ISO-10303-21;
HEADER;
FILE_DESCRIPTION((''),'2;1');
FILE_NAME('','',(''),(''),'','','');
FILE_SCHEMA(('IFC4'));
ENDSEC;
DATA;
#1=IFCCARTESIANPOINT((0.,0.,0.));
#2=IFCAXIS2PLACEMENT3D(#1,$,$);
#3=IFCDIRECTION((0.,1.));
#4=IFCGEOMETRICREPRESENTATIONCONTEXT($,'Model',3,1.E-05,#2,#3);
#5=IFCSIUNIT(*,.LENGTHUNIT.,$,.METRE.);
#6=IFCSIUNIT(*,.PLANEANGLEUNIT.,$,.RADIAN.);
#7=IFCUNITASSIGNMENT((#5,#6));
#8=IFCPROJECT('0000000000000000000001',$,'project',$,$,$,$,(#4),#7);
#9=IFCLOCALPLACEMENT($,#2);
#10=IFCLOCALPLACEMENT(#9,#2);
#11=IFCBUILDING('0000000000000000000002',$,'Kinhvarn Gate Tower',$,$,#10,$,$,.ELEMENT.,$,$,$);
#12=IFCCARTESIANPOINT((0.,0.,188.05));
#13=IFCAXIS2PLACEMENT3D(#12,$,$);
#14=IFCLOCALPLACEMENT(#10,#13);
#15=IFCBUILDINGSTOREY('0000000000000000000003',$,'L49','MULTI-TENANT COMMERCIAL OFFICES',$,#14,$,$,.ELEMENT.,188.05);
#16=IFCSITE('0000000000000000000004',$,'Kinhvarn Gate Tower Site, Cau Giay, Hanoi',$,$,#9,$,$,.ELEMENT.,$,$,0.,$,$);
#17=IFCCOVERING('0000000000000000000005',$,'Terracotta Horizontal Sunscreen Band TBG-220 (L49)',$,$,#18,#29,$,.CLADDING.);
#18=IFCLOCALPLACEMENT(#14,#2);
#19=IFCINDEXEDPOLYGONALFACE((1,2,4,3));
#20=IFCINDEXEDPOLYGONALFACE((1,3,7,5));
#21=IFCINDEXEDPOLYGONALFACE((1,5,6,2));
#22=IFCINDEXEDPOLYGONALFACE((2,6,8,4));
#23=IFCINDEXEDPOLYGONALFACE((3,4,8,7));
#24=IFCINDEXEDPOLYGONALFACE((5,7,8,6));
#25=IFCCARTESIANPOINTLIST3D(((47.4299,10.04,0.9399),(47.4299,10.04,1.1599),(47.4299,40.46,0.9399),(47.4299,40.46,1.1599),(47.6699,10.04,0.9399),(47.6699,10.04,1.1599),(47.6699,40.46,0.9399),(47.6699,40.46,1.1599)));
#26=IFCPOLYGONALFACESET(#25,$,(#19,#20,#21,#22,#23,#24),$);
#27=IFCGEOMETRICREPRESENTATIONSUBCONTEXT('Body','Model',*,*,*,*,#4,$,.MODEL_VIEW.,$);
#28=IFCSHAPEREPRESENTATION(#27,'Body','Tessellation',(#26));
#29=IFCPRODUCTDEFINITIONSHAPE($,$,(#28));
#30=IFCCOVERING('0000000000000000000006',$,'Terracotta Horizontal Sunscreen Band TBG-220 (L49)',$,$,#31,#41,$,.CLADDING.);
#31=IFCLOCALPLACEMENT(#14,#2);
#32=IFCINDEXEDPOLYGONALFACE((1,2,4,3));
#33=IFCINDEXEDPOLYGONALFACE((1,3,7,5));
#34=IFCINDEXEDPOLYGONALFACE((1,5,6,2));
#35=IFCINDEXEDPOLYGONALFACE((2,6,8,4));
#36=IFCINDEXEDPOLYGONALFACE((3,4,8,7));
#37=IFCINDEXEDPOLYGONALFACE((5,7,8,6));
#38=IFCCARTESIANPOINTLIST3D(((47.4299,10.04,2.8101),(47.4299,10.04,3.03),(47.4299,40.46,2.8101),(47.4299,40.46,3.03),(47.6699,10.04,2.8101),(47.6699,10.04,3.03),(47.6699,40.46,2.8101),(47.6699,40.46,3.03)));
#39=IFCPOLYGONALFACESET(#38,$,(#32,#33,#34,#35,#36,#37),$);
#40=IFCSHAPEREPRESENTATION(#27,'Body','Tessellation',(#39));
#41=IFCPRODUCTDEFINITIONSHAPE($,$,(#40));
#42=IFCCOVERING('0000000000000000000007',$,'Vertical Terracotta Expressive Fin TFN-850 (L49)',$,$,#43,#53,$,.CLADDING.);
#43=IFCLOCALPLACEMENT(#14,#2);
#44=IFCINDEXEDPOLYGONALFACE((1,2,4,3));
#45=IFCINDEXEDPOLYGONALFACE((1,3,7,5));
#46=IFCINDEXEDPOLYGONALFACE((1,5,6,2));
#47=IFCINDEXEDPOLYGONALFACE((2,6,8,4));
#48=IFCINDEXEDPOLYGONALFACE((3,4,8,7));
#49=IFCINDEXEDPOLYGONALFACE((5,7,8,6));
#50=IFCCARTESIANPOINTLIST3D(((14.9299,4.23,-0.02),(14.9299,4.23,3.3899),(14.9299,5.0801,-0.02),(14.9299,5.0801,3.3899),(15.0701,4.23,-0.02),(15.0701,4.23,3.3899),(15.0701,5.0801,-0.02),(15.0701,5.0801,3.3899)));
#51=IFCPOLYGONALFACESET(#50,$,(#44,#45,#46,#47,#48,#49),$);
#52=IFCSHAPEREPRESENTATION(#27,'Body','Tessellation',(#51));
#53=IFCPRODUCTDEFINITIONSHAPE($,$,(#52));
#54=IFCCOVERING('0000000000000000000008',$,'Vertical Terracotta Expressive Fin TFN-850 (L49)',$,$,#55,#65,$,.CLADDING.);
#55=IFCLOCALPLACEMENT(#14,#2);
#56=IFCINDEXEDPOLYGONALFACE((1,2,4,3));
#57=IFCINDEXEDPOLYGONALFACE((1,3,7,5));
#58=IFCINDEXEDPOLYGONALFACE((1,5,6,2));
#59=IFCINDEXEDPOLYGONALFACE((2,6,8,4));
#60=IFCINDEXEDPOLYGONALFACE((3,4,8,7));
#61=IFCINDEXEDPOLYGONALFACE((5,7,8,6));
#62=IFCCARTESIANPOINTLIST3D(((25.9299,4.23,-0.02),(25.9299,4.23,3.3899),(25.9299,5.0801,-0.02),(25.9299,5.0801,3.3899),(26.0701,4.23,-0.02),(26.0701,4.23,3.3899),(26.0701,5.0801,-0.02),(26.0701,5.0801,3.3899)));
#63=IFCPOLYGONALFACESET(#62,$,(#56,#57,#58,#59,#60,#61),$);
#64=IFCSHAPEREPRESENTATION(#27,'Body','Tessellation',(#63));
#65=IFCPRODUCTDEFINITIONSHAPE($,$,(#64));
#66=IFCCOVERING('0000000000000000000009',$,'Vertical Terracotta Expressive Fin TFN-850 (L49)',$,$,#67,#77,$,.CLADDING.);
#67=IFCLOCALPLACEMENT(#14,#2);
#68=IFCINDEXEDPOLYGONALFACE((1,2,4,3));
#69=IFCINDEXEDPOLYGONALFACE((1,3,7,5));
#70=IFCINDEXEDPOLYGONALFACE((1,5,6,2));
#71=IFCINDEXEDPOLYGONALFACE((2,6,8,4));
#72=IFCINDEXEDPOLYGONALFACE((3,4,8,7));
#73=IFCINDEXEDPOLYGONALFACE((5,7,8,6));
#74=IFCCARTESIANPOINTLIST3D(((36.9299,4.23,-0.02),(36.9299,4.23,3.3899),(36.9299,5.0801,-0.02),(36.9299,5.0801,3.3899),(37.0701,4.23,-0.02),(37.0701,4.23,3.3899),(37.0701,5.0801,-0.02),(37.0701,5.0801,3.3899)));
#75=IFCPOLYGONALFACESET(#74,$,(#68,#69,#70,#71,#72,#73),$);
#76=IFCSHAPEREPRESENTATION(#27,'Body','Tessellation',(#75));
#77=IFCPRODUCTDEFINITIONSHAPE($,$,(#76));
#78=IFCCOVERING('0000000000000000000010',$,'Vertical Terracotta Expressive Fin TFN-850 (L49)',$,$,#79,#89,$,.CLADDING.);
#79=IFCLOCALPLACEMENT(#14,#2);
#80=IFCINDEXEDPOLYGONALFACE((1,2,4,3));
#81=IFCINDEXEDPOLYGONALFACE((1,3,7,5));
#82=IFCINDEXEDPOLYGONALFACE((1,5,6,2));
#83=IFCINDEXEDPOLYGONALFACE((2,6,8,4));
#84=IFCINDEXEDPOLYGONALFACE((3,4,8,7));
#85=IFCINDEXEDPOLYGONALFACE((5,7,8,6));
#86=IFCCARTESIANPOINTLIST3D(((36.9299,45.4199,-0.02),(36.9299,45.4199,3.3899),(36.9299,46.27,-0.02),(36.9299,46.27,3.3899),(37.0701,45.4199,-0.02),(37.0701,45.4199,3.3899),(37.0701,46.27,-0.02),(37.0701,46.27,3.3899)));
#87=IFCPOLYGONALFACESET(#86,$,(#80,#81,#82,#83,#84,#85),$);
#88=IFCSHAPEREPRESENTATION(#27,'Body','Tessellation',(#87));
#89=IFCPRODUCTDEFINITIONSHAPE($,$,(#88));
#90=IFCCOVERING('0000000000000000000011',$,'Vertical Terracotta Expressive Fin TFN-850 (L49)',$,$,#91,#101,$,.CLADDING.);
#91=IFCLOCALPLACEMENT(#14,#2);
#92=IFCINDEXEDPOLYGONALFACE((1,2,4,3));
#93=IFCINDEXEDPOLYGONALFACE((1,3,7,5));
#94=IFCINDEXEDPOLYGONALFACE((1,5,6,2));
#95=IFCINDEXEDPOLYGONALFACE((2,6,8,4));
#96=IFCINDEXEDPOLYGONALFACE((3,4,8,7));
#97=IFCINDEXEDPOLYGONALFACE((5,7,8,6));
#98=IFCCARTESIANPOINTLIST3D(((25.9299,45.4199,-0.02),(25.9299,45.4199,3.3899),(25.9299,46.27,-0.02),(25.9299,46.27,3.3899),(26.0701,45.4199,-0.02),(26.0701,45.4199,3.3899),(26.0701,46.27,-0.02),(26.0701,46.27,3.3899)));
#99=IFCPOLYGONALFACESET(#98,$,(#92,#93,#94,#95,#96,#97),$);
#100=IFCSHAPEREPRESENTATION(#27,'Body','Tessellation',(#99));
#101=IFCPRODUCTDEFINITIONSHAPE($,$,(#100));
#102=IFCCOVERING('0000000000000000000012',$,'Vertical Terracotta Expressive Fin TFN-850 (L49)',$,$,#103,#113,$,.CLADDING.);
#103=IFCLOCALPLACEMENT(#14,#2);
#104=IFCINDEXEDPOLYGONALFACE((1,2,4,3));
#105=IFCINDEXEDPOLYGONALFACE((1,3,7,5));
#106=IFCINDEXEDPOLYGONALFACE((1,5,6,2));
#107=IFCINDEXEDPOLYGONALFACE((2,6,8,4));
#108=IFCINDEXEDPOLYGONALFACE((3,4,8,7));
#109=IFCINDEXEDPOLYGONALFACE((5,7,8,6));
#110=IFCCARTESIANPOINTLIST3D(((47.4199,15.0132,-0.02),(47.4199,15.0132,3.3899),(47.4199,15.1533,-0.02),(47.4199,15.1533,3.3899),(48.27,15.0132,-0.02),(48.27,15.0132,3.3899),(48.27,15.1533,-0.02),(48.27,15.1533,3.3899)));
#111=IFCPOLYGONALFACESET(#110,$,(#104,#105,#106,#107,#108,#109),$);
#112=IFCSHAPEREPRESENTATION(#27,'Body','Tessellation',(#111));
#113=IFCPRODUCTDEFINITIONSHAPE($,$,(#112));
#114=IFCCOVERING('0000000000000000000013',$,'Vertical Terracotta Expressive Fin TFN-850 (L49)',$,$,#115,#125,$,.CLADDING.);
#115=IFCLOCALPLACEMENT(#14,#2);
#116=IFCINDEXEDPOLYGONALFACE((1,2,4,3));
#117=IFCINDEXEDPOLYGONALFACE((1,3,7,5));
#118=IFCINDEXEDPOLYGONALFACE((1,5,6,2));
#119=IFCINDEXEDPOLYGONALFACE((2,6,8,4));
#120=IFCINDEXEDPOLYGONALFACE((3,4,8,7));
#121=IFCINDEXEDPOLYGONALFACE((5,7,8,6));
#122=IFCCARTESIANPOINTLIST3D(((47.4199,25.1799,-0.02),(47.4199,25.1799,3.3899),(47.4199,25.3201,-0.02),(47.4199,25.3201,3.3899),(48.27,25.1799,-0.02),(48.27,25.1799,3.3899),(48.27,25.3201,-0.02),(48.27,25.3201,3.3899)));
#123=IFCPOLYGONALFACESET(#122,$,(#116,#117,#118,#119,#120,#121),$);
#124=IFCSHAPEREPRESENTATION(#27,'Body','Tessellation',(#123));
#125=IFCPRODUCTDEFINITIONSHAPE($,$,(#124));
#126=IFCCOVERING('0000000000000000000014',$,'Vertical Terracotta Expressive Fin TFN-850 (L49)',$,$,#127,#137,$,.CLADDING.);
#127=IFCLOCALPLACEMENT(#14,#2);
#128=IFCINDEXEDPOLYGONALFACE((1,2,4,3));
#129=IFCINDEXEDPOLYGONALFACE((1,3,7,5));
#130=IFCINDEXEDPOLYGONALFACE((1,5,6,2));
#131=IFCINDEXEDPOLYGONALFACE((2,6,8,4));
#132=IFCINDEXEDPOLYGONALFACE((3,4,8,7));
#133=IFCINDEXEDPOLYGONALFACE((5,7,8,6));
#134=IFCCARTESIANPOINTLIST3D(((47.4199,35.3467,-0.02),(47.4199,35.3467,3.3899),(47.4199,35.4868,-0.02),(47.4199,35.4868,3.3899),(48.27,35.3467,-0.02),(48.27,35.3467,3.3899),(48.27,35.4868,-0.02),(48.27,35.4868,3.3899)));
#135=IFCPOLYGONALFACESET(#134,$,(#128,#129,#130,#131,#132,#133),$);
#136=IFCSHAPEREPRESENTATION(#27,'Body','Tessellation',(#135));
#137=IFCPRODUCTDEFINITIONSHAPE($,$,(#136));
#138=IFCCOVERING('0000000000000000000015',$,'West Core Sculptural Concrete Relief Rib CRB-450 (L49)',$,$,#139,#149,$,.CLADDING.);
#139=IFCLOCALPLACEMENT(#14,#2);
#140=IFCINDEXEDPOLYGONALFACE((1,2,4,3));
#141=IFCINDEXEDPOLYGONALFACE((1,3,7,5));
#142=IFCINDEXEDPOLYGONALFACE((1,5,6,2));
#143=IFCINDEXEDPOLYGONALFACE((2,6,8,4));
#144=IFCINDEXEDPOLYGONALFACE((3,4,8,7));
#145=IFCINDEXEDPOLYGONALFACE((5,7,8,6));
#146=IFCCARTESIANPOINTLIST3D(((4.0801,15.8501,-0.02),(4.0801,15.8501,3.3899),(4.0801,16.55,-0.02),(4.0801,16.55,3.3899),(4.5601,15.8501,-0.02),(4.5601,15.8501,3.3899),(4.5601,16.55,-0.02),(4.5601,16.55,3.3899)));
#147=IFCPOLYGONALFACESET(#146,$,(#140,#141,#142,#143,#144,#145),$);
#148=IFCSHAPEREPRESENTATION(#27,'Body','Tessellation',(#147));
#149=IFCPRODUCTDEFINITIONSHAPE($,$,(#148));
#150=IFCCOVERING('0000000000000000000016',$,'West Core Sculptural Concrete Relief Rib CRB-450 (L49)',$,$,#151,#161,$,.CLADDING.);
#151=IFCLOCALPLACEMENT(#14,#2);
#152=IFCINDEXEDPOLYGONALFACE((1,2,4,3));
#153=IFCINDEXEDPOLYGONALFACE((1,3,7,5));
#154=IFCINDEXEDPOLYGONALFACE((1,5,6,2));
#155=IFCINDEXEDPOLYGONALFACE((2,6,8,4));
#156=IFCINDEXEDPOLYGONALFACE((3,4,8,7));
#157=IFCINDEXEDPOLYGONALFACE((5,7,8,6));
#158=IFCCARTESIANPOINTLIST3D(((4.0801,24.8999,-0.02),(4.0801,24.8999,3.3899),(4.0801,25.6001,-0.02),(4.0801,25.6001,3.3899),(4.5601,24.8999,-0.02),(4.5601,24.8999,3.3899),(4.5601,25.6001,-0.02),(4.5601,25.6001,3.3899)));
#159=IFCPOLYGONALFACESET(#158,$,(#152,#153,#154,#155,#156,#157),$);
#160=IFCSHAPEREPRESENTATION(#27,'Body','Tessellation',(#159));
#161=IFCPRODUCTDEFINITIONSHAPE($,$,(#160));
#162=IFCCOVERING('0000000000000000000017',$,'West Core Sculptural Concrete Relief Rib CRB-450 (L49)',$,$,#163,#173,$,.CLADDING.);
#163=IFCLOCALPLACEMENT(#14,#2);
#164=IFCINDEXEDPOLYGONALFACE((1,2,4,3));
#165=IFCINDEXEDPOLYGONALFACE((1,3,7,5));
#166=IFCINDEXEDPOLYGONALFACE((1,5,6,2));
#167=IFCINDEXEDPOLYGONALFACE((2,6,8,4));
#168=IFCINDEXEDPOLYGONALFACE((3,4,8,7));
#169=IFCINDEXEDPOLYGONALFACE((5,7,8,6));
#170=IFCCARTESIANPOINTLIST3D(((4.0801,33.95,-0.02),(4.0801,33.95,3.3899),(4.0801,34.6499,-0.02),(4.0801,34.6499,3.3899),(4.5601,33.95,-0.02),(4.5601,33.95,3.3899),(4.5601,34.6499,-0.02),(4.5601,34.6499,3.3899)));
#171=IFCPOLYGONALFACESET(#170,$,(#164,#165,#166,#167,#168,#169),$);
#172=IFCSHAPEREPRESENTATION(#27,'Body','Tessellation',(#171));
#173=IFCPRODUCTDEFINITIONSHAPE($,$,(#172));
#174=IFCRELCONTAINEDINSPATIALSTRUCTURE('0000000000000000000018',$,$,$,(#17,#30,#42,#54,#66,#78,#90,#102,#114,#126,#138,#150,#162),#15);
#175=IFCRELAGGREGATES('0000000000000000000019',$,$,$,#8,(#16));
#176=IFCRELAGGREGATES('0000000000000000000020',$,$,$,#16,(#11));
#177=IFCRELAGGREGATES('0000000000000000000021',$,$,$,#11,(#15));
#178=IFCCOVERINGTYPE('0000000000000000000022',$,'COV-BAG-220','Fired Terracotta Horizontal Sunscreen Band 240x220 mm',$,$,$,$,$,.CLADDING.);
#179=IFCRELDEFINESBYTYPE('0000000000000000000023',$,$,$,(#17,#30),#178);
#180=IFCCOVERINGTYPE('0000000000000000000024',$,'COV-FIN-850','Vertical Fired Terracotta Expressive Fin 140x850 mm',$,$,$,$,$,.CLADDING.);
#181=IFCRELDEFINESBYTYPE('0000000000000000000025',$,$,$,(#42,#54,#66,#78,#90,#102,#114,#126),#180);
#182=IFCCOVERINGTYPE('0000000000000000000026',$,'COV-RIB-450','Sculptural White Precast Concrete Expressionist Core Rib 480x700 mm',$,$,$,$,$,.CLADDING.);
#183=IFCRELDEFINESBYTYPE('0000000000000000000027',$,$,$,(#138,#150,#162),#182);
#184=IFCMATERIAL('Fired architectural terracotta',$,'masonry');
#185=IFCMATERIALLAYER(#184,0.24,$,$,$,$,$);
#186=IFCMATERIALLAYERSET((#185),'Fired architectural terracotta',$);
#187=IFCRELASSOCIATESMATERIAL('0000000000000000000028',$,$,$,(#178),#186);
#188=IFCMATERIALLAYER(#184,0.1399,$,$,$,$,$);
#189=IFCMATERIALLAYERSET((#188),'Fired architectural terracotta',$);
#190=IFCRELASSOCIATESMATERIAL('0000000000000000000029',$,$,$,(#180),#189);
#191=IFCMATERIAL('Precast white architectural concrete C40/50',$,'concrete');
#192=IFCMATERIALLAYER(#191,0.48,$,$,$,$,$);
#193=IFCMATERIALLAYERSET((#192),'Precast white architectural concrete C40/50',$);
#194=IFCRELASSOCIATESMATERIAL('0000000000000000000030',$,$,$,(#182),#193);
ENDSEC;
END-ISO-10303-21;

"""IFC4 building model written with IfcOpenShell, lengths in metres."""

from ifc_helpers import new_model, si_unit, direction, frame, origin, place, context, subcontext, project, spatial, polyline, outline, extrude, material, layer, layer_set, type_object, element, save


model = new_model("IFC4")

# Units and contexts
model_context = context("Model", 3, precision=1e-05, world=origin(), true_north=direction((0.0, 1.0)))
body_context = subcontext(model_context, "Body", "Model", "MODEL_VIEW")
ifc_project = project(units=[si_unit("LENGTHUNIT", "METRE"), si_unit("PLANEANGLEUNIT", "RADIAN")], contexts=[model_context])

# Site, building, storey
site_placement = place(None, origin())
site = spatial("IfcSite", under=ifc_project, at=site_placement, Name="Kinhvarn Gate Tower Site, Cau Giay, Hanoi", CompositionType="ELEMENT", RefElevation=0.0)
building_placement = place(site_placement, origin())
building = spatial("IfcBuilding", under=site, at=building_placement, Name="Kinhvarn Gate Tower", CompositionType="ELEMENT")
storey_placement = place(building_placement, frame((0.0, 0.0, 188.05)))
storey = spatial("IfcBuildingStorey", under=building, at=storey_placement, Name="L49", Description="MULTI-TENANT COMMERCIAL OFFICES", CompositionType="ELEMENT", Elevation=188.05)

# Shared definitions
ifc_material_1 = material(Name="Precast white architectural concrete C40/50", Category="concrete")

# Coverings
ifc_material_2 = material(Name="Fired architectural terracotta", Category="masonry")
ifc_layer_1 = layer(ifc_material_2, 0.24)
ifc_layer_set_1 = layer_set([ifc_layer_1], Name="Fired architectural terracotta")
covering_type_1 = type_object("IfcCoveringType", Name="COV-BAG-220", Description="Fired Terracotta Horizontal Sunscreen Band 240x220 mm", PredefinedType="CLADDING", material=ifc_layer_set_1)
for number, where, name in (
    (1, (0.0, 0.0, 0.9399), "Terracotta Horizontal Sunscreen Band TBG-220 (L49)"),
    (2, (0.0, 0.0, 2.8101), "Terracotta Horizontal Sunscreen Band TBG-220 (L49)"),
):
    element("IfcCovering", number, at=place(storey_placement, frame(where)), inside=storey, type_object=covering_type_1, Name=name, PredefinedType="CLADDING", context=body_context, shape_type="SweptSolid", body=[
        extrude(outline(polyline([(47.4299, 10.04), (47.4299, 40.46), (47.6699, 40.46), (47.6699, 10.04), (47.4299, 10.04)])), origin(), (0.0, 0.0, 1.0), 0.22),
    ])
ifc_layer_2 = layer(ifc_material_2, 0.1399)
ifc_layer_set_2 = layer_set([ifc_layer_2], Name="Fired architectural terracotta")
covering_type_2 = type_object("IfcCoveringType", Name="COV-FIN-850", Description="Vertical Fired Terracotta Expressive Fin 140x850 mm", PredefinedType="CLADDING", material=ifc_layer_set_2)
covering_1_placement = place(storey_placement, frame((0.0, 0.0, -0.02)))
element("IfcCovering", 3, at=covering_1_placement, inside=storey, type_object=covering_type_2, Name="Vertical Terracotta Expressive Fin TFN-850 (L49)", PredefinedType="CLADDING", context=body_context, shape_type="SweptSolid", body=[
    extrude(outline(polyline([(14.9299, 5.0801), (15.0701, 5.0801), (15.0701, 4.23), (14.9299, 4.23), (14.9299, 5.0801)])), origin(), (0.0, 0.0, 1.0), 3.4099),
])
covering_2_placement = place(storey_placement, frame((0.0, 0.0, -0.02)))
element("IfcCovering", 4, at=covering_2_placement, inside=storey, type_object=covering_type_2, Name="Vertical Terracotta Expressive Fin TFN-850 (L49)", PredefinedType="CLADDING", context=body_context, shape_type="SweptSolid", body=[
    extrude(outline(polyline([(25.9299, 5.0801), (26.0701, 5.0801), (26.0701, 4.23), (25.9299, 4.23), (25.9299, 5.0801)])), origin(), (0.0, 0.0, 1.0), 3.4099),
])
covering_3_placement = place(storey_placement, frame((0.0, 0.0, -0.02)))
element("IfcCovering", 5, at=covering_3_placement, inside=storey, type_object=covering_type_2, Name="Vertical Terracotta Expressive Fin TFN-850 (L49)", PredefinedType="CLADDING", context=body_context, shape_type="SweptSolid", body=[
    extrude(outline(polyline([(36.9299, 5.0801), (37.0701, 5.0801), (37.0701, 4.23), (36.9299, 4.23), (36.9299, 5.0801)])), origin(), (0.0, 0.0, 1.0), 3.4099),
])
covering_4_placement = place(storey_placement, frame((0.0, 0.0, -0.02)))
element("IfcCovering", 6, at=covering_4_placement, inside=storey, type_object=covering_type_2, Name="Vertical Terracotta Expressive Fin TFN-850 (L49)", PredefinedType="CLADDING", context=body_context, shape_type="SweptSolid", body=[
    extrude(outline(polyline([(37.0701, 45.4199), (36.9299, 45.4199), (36.9299, 46.27), (37.0701, 46.27), (37.0701, 45.4199)])), origin(), (0.0, 0.0, 1.0), 3.4099),
])
covering_5_placement = place(storey_placement, frame((0.0, 0.0, -0.02)))
element("IfcCovering", 7, at=covering_5_placement, inside=storey, type_object=covering_type_2, Name="Vertical Terracotta Expressive Fin TFN-850 (L49)", PredefinedType="CLADDING", context=body_context, shape_type="SweptSolid", body=[
    extrude(outline(polyline([(26.0701, 45.4199), (25.9299, 45.4199), (25.9299, 46.27), (26.0701, 46.27), (26.0701, 45.4199)])), origin(), (0.0, 0.0, 1.0), 3.4099),
])
covering_6_placement = place(storey_placement, frame((0.0, 0.0, -0.02)))
element("IfcCovering", 8, at=covering_6_placement, inside=storey, type_object=covering_type_2, Name="Vertical Terracotta Expressive Fin TFN-850 (L49)", PredefinedType="CLADDING", context=body_context, shape_type="SweptSolid", body=[
    extrude(outline(polyline([(47.4199, 15.0132), (47.4199, 15.1533), (48.27, 15.1533), (48.27, 15.0132), (47.4199, 15.0132)])), origin(), (0.0, 0.0, 1.0), 3.4099),
])
covering_7_placement = place(storey_placement, frame((0.0, 0.0, -0.02)))
element("IfcCovering", 9, at=covering_7_placement, inside=storey, type_object=covering_type_2, Name="Vertical Terracotta Expressive Fin TFN-850 (L49)", PredefinedType="CLADDING", context=body_context, shape_type="SweptSolid", body=[
    extrude(outline(polyline([(47.4199, 25.1799), (47.4199, 25.3201), (48.27, 25.3201), (48.27, 25.1799), (47.4199, 25.1799)])), origin(), (0.0, 0.0, 1.0), 3.4099),
])
covering_8_placement = place(storey_placement, frame((0.0, 0.0, -0.02)))
element("IfcCovering", 10, at=covering_8_placement, inside=storey, type_object=covering_type_2, Name="Vertical Terracotta Expressive Fin TFN-850 (L49)", PredefinedType="CLADDING", context=body_context, shape_type="SweptSolid", body=[
    extrude(outline(polyline([(47.4199, 35.3467), (47.4199, 35.4868), (48.27, 35.4868), (48.27, 35.3467), (47.4199, 35.3467)])), origin(), (0.0, 0.0, 1.0), 3.4099),
])
ifc_layer_3 = layer(ifc_material_1, 0.48)
ifc_layer_set_3 = layer_set([ifc_layer_3], Name="Precast white architectural concrete C40/50")
covering_type_3 = type_object("IfcCoveringType", Name="COV-RIB-450", Description="Sculptural White Precast Concrete Expressionist Core Rib 480x700 mm", PredefinedType="CLADDING", material=ifc_layer_set_3)
covering_9_placement = place(storey_placement, frame((0.0, 0.0, -0.02)))
element("IfcCovering", 11, at=covering_9_placement, inside=storey, type_object=covering_type_3, Name="West Core Sculptural Concrete Relief Rib CRB-450 (L49)", PredefinedType="CLADDING", context=body_context, shape_type="SweptSolid", body=[
    extrude(outline(polyline([(4.0801, 15.8501), (4.5601, 15.8501), (4.5601, 16.55), (4.0801, 16.55), (4.0801, 15.8501)])), origin(), (0.0, 0.0, 1.0), 3.4099),
])
covering_10_placement = place(storey_placement, frame((0.0, 0.0, -0.02)))
element("IfcCovering", 12, at=covering_10_placement, inside=storey, type_object=covering_type_3, Name="West Core Sculptural Concrete Relief Rib CRB-450 (L49)", PredefinedType="CLADDING", context=body_context, shape_type="SweptSolid", body=[
    extrude(outline(polyline([(4.0801, 24.8999), (4.5601, 24.8999), (4.5601, 25.6001), (4.0801, 25.6001), (4.0801, 24.8999)])), origin(), (0.0, 0.0, 1.0), 3.4099),
])
covering_11_placement = place(storey_placement, frame((0.0, 0.0, -0.02)))
element("IfcCovering", 13, at=covering_11_placement, inside=storey, type_object=covering_type_3, Name="West Core Sculptural Concrete Relief Rib CRB-450 (L49)", PredefinedType="CLADDING", context=body_context, shape_type="SweptSolid", body=[
    extrude(outline(polyline([(4.0801, 33.95), (4.5601, 33.95), (4.5601, 34.6499), (4.0801, 34.6499), (4.0801, 33.95)])), origin(), (0.0, 0.0, 1.0), 3.4099),
])

save(model, "model.ifc")
